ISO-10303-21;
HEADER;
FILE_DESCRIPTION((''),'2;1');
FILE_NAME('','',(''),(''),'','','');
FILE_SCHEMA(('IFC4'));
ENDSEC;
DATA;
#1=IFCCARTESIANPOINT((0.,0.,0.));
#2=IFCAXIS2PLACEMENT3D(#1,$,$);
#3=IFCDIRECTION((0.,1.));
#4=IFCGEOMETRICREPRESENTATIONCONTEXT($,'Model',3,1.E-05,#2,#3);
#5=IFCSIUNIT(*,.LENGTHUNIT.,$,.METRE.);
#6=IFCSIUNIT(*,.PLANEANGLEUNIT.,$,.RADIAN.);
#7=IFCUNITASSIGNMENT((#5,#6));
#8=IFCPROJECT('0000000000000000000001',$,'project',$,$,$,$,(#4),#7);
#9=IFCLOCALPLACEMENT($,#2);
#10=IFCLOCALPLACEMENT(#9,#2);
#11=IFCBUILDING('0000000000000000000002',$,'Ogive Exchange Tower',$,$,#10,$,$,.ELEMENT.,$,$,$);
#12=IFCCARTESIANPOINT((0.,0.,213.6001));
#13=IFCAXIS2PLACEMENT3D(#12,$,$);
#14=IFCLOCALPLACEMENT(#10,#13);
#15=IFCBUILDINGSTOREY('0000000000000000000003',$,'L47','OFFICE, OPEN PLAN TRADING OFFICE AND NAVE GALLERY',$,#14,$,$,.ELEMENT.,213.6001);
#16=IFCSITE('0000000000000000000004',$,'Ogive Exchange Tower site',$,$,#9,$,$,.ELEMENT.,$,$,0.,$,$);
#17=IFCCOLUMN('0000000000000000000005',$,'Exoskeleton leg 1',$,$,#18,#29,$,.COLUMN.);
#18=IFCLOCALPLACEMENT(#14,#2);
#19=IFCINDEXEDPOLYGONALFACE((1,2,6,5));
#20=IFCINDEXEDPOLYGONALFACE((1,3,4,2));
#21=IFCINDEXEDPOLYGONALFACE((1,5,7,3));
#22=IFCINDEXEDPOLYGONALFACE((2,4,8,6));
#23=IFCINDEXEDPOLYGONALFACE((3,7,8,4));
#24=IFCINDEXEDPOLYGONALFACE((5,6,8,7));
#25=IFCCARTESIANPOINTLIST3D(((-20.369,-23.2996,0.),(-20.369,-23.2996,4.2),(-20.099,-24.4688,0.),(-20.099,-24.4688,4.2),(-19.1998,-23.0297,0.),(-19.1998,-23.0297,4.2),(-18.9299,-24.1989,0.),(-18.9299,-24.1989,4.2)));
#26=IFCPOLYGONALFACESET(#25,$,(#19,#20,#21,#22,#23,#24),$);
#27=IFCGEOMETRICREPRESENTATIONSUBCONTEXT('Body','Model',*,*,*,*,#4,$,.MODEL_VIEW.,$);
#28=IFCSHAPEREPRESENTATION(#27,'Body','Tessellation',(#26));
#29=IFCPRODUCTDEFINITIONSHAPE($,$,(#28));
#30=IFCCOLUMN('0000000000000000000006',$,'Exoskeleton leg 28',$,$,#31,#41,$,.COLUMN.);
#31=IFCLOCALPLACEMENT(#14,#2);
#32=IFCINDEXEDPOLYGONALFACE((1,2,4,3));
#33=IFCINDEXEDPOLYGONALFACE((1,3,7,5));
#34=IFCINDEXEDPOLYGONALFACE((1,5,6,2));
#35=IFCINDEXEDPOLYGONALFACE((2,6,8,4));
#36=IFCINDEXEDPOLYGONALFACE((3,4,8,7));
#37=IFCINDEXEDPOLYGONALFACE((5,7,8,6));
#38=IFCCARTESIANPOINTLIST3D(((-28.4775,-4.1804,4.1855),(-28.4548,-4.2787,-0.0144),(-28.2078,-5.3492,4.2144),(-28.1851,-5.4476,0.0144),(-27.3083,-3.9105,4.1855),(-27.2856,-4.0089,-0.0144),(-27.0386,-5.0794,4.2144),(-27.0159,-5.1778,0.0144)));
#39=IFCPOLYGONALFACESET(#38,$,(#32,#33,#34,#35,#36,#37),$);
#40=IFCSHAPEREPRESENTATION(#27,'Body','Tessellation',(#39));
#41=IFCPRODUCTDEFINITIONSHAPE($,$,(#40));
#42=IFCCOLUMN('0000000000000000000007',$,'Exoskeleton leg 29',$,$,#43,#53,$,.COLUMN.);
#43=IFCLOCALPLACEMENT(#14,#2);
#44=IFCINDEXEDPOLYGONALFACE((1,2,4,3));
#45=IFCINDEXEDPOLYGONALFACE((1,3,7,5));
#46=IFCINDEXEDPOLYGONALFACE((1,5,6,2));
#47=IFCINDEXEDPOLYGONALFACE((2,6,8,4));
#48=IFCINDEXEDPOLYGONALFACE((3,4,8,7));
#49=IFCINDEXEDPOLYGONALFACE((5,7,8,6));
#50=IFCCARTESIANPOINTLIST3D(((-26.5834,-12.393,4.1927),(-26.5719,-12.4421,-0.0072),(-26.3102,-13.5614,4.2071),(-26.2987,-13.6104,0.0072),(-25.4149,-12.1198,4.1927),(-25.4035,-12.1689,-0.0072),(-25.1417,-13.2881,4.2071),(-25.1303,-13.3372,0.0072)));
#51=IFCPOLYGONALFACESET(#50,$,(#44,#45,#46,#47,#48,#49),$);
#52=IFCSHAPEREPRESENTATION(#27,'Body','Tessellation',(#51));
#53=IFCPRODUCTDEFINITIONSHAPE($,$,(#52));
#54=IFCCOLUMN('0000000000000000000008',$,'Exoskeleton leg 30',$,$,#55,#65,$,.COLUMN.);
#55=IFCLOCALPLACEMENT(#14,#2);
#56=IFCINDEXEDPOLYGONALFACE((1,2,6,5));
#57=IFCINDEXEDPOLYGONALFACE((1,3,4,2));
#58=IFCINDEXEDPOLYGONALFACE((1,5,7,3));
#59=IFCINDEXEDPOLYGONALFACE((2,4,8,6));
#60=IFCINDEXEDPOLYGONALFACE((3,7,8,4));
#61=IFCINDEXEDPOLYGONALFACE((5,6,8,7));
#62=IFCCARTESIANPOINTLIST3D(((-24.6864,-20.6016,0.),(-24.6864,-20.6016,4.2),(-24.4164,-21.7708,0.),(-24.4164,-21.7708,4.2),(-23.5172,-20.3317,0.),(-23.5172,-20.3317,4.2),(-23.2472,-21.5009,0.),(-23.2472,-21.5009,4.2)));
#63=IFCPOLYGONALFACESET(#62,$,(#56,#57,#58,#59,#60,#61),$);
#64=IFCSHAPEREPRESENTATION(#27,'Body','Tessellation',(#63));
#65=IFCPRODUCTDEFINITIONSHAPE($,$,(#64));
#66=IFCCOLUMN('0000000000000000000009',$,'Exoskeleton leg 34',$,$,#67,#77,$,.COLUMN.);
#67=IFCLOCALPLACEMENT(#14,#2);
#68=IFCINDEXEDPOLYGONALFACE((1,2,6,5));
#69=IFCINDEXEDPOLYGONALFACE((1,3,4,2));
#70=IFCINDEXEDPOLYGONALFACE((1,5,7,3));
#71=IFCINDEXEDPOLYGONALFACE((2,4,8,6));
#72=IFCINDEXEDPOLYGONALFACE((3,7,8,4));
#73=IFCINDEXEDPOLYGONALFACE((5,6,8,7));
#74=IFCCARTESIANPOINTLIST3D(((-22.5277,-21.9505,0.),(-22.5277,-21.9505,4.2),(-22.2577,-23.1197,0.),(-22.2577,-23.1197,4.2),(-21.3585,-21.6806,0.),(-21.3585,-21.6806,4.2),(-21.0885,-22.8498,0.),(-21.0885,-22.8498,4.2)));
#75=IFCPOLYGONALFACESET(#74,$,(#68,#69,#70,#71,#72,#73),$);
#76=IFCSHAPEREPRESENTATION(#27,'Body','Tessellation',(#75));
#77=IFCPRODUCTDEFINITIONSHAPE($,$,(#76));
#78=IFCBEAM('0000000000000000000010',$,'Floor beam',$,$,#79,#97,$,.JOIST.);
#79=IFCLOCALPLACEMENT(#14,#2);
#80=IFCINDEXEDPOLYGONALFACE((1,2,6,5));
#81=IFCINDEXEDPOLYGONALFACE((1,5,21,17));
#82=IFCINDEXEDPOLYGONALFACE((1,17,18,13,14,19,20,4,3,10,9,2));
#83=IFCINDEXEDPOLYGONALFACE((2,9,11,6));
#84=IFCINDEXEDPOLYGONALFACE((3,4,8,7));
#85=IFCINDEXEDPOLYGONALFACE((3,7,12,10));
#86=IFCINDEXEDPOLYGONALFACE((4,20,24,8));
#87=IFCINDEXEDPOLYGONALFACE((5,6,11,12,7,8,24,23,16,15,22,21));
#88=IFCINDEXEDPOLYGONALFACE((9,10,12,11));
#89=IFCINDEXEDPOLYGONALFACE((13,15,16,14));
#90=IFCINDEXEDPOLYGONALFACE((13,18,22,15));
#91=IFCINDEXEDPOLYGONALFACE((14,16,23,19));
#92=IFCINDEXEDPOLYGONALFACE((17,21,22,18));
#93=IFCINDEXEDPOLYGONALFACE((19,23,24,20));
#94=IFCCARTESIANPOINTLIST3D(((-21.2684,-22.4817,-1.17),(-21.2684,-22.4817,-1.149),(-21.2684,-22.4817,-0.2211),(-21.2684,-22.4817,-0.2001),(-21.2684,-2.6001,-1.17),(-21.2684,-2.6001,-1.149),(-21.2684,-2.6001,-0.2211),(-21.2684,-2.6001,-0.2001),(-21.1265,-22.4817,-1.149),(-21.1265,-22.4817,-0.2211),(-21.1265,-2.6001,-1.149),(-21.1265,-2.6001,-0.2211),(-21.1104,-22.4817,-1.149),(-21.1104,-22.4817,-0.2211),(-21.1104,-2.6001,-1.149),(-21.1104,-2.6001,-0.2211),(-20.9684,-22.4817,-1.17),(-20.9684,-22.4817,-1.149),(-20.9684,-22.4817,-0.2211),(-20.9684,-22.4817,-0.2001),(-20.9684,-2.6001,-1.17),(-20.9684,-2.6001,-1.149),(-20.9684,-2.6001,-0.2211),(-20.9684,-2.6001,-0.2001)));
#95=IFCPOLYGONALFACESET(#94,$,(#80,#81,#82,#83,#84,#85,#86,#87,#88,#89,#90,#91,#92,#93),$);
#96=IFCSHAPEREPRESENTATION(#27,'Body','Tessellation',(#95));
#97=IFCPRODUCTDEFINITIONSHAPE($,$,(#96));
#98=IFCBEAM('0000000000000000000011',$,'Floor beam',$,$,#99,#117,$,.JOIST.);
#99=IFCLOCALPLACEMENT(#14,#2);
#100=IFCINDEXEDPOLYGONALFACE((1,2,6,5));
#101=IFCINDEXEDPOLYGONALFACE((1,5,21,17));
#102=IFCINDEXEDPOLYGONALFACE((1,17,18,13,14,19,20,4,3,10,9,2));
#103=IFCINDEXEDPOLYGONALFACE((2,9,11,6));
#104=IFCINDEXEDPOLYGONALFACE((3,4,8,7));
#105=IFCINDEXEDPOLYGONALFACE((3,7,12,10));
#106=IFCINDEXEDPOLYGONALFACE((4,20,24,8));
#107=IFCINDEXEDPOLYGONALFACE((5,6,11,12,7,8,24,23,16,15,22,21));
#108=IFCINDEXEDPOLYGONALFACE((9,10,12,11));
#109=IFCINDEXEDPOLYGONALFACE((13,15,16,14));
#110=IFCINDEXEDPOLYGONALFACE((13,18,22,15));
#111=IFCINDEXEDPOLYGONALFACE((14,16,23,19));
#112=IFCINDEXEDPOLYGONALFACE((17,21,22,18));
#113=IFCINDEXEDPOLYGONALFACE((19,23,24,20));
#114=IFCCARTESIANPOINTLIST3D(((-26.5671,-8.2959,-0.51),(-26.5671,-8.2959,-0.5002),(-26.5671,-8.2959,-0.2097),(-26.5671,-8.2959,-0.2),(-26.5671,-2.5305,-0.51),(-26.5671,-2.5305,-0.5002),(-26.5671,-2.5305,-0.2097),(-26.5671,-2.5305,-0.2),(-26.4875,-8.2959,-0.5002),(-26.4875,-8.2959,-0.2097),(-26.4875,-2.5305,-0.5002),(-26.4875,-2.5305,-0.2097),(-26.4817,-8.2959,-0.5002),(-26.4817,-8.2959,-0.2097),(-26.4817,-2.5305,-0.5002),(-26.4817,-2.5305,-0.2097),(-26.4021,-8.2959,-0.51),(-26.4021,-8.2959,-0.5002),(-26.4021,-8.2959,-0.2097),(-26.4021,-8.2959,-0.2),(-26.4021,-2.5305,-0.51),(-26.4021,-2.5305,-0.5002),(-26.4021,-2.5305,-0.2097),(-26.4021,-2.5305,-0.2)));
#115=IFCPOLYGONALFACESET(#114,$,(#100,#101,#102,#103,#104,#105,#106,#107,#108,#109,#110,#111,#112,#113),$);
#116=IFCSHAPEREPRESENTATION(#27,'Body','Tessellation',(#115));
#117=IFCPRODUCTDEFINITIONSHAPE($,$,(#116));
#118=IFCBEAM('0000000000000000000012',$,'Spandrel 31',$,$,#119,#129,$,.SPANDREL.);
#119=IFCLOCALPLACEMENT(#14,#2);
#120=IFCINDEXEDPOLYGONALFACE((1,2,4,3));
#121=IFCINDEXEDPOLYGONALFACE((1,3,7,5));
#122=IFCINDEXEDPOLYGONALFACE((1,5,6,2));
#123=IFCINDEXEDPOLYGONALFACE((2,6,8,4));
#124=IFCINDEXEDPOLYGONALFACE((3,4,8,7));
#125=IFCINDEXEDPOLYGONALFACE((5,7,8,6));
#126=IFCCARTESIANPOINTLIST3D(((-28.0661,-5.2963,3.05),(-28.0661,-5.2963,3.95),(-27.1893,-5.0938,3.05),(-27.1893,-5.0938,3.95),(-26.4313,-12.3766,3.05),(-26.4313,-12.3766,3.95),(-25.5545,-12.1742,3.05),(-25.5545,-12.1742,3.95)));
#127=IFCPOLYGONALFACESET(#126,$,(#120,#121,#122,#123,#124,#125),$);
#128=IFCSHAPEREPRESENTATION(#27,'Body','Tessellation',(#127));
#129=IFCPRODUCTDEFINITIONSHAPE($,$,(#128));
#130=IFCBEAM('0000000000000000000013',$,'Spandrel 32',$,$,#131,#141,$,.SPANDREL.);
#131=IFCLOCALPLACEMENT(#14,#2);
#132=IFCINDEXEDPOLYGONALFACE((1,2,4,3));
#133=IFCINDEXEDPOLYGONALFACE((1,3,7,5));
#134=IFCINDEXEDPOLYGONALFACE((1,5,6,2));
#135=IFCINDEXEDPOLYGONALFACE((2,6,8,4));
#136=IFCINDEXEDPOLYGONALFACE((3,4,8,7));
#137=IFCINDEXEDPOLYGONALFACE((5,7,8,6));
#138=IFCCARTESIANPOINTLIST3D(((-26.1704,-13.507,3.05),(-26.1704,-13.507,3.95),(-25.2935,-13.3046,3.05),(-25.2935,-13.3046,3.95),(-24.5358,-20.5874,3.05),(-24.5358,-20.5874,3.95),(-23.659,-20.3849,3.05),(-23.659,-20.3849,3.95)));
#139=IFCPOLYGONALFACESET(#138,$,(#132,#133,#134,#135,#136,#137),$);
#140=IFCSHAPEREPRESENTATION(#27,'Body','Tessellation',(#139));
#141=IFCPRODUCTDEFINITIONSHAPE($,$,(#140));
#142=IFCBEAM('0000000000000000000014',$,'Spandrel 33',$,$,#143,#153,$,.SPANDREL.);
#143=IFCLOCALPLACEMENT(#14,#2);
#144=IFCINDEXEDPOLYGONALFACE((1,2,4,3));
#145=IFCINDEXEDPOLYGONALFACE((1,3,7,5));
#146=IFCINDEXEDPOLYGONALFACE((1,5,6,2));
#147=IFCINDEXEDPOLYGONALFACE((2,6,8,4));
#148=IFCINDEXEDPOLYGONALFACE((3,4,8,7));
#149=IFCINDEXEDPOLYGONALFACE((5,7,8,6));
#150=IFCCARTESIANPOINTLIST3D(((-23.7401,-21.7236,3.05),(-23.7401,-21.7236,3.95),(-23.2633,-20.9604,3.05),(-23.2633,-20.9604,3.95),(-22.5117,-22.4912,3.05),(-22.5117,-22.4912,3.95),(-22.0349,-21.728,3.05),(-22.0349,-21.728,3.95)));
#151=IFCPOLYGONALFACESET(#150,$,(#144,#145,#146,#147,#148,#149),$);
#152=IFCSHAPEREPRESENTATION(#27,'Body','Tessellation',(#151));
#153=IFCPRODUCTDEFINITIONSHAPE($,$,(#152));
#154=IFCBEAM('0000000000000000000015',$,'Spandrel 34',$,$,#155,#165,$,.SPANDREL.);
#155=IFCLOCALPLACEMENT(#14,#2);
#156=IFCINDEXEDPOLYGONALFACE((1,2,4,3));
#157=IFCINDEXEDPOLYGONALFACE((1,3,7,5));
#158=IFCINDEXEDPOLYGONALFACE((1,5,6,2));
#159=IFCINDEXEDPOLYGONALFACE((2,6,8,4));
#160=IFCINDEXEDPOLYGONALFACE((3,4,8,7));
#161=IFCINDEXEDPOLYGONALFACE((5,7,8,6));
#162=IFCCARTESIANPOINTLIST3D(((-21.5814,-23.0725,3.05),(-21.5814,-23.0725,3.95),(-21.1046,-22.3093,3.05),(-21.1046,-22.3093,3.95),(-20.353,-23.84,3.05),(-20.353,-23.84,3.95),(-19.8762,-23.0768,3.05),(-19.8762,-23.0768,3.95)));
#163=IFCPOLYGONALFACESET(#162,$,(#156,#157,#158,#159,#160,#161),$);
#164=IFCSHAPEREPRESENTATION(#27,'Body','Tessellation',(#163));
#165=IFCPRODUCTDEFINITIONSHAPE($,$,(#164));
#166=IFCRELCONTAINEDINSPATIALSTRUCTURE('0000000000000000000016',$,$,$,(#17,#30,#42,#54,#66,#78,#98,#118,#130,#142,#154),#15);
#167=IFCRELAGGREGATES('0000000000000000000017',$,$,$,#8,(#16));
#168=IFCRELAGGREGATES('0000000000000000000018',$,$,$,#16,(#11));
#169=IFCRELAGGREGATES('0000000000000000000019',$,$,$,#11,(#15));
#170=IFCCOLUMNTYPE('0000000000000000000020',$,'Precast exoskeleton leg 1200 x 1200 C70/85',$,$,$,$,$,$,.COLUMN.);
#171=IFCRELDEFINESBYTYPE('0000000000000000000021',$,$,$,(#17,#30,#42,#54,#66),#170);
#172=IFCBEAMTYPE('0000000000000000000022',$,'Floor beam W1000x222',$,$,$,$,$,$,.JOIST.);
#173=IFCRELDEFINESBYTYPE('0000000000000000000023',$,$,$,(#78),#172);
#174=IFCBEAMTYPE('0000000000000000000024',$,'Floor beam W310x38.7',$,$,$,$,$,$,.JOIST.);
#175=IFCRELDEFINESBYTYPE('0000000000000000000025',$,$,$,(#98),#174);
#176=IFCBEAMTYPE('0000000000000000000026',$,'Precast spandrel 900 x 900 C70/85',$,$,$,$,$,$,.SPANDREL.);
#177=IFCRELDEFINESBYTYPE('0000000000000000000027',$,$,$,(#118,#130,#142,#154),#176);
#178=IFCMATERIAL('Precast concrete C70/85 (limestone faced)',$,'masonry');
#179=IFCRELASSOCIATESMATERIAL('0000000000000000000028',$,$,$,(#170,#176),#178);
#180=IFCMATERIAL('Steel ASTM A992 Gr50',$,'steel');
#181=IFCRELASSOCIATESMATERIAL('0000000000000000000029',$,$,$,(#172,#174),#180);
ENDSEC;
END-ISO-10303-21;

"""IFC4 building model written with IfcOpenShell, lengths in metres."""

from ifc_helpers import new_model, si_unit, direction, frame, origin, origin_2d, place, context, subcontext, project, spatial, rectangle, i_section, extrude, material, material_profile, profile_set, type_object, element, save


model = new_model("IFC4")

# Units and contexts
model_context = context("Model", 3, precision=1e-05, world=origin(), true_north=direction((0.0, 1.0)))
body_context = subcontext(model_context, "Body", "Model", "MODEL_VIEW")
ifc_project = project(units=[si_unit("LENGTHUNIT", "METRE"), si_unit("PLANEANGLEUNIT", "RADIAN")], contexts=[model_context])

# Site, building, storey
site_placement = place(None, origin())
site = spatial("IfcSite", under=ifc_project, at=site_placement, Name="Ogive Exchange Tower site", CompositionType="ELEMENT", RefElevation=0.0)
building_placement = place(site_placement, origin())
building = spatial("IfcBuilding", under=site, at=building_placement, Name="Ogive Exchange Tower", CompositionType="ELEMENT")
storey_placement = place(building_placement, frame((0.0, 0.0, 213.6001)))
storey = spatial("IfcBuildingStorey", under=building, at=storey_placement, Name="L47", Description="OFFICE, OPEN PLAN TRADING OFFICE AND NAVE GALLERY", CompositionType="ELEMENT", Elevation=213.6001)

# Columns
ifc_material_1 = material(Name="Precast concrete C70/85 (limestone faced)", Category="masonry")
ifc_material_profile_1 = material_profile(ifc_material_1, rectangle(XDim=1.2, YDim=1.2, at=origin_2d()), Name="1200 x 1200")
ifc_profile_set_1 = profile_set([ifc_material_profile_1], Name="Precast concrete C70/85 (limestone faced)")
column_type = type_object("IfcColumnType", Name="Precast exoskeleton leg 1200 x 1200 C70/85", PredefinedType="COLUMN", material=ifc_profile_set_1)
column_1_placement = place(storey_placement, frame((-19.6494, -23.7493, 0.0), z_axis=(0.0, 0.0, 1.0), x_axis=(0.97437, 0.224951, 0.0)))
element("IfcColumn", 1, at=column_1_placement, inside=storey, type_object=column_type, Name="Exoskeleton leg 1", PredefinedType="COLUMN", context=body_context, shape_type="SweptSolid", body=[
    extrude(rectangle(XDim=1.2, YDim=1.2, at=origin_2d()), origin(), (0.0, 0.0, 1.0), 4.2),
])
column_2_placement = place(storey_placement, frame((-27.7354, -4.7283, 0.0), z_axis=(-0.005404, 0.023419, 0.999711), x_axis=(-0.974391, -0.22486, 0.0)))
element("IfcColumn", 2, at=column_2_placement, inside=storey, type_object=column_type, Name="Exoskeleton leg 28", PredefinedType="COLUMN", context=body_context, shape_type="SweptSolid", body=[
    extrude(rectangle(XDim=1.2, YDim=1.2, at=origin_2d()), origin(), (0.0, 0.0, 1.0), 4.2012),
])
column_3_placement = place(storey_placement, frame((-25.8511, -12.8896, 0.0), z_axis=(-0.002732, 0.011683, 0.999928), x_axis=(-0.973734, -0.227689, 0.0)))
element("IfcColumn", 3, at=column_3_placement, inside=storey, type_object=column_type, Name="Exoskeleton leg 29", PredefinedType="COLUMN", context=body_context, shape_type="SweptSolid", body=[
    extrude(rectangle(XDim=1.2, YDim=1.2, at=origin_2d()), origin(), (0.0, 0.0, 1.0), 4.2002),
])
for number, where, z_axis, x_axis, name in (
    (4, (-23.9668, -21.0513, 0.0), (0.0, 0.0, 1.0), (0.97437, 0.224951, 0.0), "Exoskeleton leg 30"),
    (5, (-21.8081, -22.4001, 0.0), (0.0, 0.0, 1.0), (0.97437, 0.224951, 0.0), "Exoskeleton leg 34"),
):
    element("IfcColumn", number, at=place(storey_placement, frame(where, z_axis=z_axis, x_axis=x_axis)), inside=storey, type_object=column_type, Name=name, PredefinedType="COLUMN", context=body_context, shape_type="SweptSolid", body=[
        extrude(rectangle(XDim=1.2, YDim=1.2, at=origin_2d()), origin(), (0.0, 0.0, 1.0), 4.2),
    ])

# Beams
ifc_material_2 = material(Name="Steel ASTM A992 Gr50", Category="steel")
ifc_material_profile_2 = material_profile(ifc_material_2, i_section(OverallWidth=0.3, OverallDepth=0.97, WebThickness=0.0161, FlangeThickness=0.021, at=origin_2d()), Name="W1000x222")
ifc_profile_set_2 = profile_set([ifc_material_profile_2], Name="Steel ASTM A992 Gr50")
beam_type_1 = type_object("IfcBeamType", Name="Floor beam W1000x222", PredefinedType="JOIST", material=ifc_profile_set_2)
beam_1_placement = place(storey_placement, frame((-21.1184, -22.4817, -0.6851), z_axis=(0.0, 1.0, 0.0), x_axis=(-1.0, 0.0, 0.0)))
element("IfcBeam", 6, at=beam_1_placement, inside=storey, type_object=beam_type_1, Name="Floor beam", PredefinedType="JOIST", context=body_context, shape_type="SweptSolid", body=[
    extrude(i_section(OverallWidth=0.3, OverallDepth=0.97, WebThickness=0.0161, FlangeThickness=0.021, at=origin_2d()), origin(), (0.0, 0.0, 1.0), 19.8816),
])
ifc_material_profile_3 = material_profile(ifc_material_2, i_section(OverallWidth=0.165, OverallDepth=0.3101, WebThickness=0.0059, FlangeThickness=0.0098, at=origin_2d()), Name="W310x38.7")
ifc_profile_set_3 = profile_set([ifc_material_profile_3], Name="Steel ASTM A992 Gr50")
beam_type_2 = type_object("IfcBeamType", Name="Floor beam W310x38.7", PredefinedType="JOIST", material=ifc_profile_set_3)
beam_2_placement = place(storey_placement, frame((-26.4846, -8.2959, -0.355), z_axis=(0.0, 1.0, 0.0), x_axis=(-1.0, 0.0, 0.0)))
element("IfcBeam", 7, at=beam_2_placement, inside=storey, type_object=beam_type_2, Name="Floor beam", PredefinedType="JOIST", context=body_context, shape_type="SweptSolid", body=[
    extrude(i_section(OverallWidth=0.165, OverallDepth=0.3101, WebThickness=0.0059, FlangeThickness=0.0098, at=origin_2d()), origin(), (0.0, 0.0, 1.0), 5.7654),
])
ifc_material_profile_4 = material_profile(ifc_material_1, rectangle(XDim=0.8999, YDim=0.8999, at=origin_2d()), Name="900 x 900")
ifc_profile_set_4 = profile_set([ifc_material_profile_4], Name="Precast concrete C70/85 (limestone faced)")
beam_type_3 = type_object("IfcBeamType", Name="Precast spandrel 900 x 900 C70/85", PredefinedType="SPANDREL", material=ifc_profile_set_4)
for number, where, z_axis, x_axis, name in (
    (8, (-27.6277, -5.1951, 3.5), (0.22497, -0.974366, 0.0), (0.974366, 0.22497, 0.0), "Spandrel 31"),
    (9, (-25.7319, -13.4058, 3.5), (0.224938, -0.974373, 0.0), (0.974373, 0.224938, 0.0), "Spandrel 32"),
):
    element("IfcBeam", number, at=place(storey_placement, frame(where, z_axis=z_axis, x_axis=x_axis)), inside=storey, type_object=beam_type_3, Name=name, PredefinedType="SPANDREL", context=body_context, shape_type="SweptSolid", body=[
        extrude(rectangle(XDim=0.8999, YDim=0.8999, at=origin_2d()), origin(), (0.0, 0.0, 1.0), 7.2666),
    ])
for number, where, z_axis, x_axis, name in (
    (10, (-23.5017, -21.342, 3.5), (0.848074, -0.529878, 0.0), (0.529878, 0.848074, 0.0), "Spandrel 33"),
    (11, (-21.343, -22.6909, 3.5), (0.848074, -0.529878, 0.0), (0.529878, 0.848074, 0.0), "Spandrel 34"),
):
    element("IfcBeam", number, at=place(storey_placement, frame(where, z_axis=z_axis, x_axis=x_axis)), inside=storey, type_object=beam_type_3, Name=name, PredefinedType="SPANDREL", context=body_context, shape_type="SweptSolid", body=[
        extrude(rectangle(XDim=0.8999, YDim=0.8999, at=origin_2d()), origin(), (0.0, 0.0, 1.0), 1.4485),
    ])

save(model, "model.ifc")
